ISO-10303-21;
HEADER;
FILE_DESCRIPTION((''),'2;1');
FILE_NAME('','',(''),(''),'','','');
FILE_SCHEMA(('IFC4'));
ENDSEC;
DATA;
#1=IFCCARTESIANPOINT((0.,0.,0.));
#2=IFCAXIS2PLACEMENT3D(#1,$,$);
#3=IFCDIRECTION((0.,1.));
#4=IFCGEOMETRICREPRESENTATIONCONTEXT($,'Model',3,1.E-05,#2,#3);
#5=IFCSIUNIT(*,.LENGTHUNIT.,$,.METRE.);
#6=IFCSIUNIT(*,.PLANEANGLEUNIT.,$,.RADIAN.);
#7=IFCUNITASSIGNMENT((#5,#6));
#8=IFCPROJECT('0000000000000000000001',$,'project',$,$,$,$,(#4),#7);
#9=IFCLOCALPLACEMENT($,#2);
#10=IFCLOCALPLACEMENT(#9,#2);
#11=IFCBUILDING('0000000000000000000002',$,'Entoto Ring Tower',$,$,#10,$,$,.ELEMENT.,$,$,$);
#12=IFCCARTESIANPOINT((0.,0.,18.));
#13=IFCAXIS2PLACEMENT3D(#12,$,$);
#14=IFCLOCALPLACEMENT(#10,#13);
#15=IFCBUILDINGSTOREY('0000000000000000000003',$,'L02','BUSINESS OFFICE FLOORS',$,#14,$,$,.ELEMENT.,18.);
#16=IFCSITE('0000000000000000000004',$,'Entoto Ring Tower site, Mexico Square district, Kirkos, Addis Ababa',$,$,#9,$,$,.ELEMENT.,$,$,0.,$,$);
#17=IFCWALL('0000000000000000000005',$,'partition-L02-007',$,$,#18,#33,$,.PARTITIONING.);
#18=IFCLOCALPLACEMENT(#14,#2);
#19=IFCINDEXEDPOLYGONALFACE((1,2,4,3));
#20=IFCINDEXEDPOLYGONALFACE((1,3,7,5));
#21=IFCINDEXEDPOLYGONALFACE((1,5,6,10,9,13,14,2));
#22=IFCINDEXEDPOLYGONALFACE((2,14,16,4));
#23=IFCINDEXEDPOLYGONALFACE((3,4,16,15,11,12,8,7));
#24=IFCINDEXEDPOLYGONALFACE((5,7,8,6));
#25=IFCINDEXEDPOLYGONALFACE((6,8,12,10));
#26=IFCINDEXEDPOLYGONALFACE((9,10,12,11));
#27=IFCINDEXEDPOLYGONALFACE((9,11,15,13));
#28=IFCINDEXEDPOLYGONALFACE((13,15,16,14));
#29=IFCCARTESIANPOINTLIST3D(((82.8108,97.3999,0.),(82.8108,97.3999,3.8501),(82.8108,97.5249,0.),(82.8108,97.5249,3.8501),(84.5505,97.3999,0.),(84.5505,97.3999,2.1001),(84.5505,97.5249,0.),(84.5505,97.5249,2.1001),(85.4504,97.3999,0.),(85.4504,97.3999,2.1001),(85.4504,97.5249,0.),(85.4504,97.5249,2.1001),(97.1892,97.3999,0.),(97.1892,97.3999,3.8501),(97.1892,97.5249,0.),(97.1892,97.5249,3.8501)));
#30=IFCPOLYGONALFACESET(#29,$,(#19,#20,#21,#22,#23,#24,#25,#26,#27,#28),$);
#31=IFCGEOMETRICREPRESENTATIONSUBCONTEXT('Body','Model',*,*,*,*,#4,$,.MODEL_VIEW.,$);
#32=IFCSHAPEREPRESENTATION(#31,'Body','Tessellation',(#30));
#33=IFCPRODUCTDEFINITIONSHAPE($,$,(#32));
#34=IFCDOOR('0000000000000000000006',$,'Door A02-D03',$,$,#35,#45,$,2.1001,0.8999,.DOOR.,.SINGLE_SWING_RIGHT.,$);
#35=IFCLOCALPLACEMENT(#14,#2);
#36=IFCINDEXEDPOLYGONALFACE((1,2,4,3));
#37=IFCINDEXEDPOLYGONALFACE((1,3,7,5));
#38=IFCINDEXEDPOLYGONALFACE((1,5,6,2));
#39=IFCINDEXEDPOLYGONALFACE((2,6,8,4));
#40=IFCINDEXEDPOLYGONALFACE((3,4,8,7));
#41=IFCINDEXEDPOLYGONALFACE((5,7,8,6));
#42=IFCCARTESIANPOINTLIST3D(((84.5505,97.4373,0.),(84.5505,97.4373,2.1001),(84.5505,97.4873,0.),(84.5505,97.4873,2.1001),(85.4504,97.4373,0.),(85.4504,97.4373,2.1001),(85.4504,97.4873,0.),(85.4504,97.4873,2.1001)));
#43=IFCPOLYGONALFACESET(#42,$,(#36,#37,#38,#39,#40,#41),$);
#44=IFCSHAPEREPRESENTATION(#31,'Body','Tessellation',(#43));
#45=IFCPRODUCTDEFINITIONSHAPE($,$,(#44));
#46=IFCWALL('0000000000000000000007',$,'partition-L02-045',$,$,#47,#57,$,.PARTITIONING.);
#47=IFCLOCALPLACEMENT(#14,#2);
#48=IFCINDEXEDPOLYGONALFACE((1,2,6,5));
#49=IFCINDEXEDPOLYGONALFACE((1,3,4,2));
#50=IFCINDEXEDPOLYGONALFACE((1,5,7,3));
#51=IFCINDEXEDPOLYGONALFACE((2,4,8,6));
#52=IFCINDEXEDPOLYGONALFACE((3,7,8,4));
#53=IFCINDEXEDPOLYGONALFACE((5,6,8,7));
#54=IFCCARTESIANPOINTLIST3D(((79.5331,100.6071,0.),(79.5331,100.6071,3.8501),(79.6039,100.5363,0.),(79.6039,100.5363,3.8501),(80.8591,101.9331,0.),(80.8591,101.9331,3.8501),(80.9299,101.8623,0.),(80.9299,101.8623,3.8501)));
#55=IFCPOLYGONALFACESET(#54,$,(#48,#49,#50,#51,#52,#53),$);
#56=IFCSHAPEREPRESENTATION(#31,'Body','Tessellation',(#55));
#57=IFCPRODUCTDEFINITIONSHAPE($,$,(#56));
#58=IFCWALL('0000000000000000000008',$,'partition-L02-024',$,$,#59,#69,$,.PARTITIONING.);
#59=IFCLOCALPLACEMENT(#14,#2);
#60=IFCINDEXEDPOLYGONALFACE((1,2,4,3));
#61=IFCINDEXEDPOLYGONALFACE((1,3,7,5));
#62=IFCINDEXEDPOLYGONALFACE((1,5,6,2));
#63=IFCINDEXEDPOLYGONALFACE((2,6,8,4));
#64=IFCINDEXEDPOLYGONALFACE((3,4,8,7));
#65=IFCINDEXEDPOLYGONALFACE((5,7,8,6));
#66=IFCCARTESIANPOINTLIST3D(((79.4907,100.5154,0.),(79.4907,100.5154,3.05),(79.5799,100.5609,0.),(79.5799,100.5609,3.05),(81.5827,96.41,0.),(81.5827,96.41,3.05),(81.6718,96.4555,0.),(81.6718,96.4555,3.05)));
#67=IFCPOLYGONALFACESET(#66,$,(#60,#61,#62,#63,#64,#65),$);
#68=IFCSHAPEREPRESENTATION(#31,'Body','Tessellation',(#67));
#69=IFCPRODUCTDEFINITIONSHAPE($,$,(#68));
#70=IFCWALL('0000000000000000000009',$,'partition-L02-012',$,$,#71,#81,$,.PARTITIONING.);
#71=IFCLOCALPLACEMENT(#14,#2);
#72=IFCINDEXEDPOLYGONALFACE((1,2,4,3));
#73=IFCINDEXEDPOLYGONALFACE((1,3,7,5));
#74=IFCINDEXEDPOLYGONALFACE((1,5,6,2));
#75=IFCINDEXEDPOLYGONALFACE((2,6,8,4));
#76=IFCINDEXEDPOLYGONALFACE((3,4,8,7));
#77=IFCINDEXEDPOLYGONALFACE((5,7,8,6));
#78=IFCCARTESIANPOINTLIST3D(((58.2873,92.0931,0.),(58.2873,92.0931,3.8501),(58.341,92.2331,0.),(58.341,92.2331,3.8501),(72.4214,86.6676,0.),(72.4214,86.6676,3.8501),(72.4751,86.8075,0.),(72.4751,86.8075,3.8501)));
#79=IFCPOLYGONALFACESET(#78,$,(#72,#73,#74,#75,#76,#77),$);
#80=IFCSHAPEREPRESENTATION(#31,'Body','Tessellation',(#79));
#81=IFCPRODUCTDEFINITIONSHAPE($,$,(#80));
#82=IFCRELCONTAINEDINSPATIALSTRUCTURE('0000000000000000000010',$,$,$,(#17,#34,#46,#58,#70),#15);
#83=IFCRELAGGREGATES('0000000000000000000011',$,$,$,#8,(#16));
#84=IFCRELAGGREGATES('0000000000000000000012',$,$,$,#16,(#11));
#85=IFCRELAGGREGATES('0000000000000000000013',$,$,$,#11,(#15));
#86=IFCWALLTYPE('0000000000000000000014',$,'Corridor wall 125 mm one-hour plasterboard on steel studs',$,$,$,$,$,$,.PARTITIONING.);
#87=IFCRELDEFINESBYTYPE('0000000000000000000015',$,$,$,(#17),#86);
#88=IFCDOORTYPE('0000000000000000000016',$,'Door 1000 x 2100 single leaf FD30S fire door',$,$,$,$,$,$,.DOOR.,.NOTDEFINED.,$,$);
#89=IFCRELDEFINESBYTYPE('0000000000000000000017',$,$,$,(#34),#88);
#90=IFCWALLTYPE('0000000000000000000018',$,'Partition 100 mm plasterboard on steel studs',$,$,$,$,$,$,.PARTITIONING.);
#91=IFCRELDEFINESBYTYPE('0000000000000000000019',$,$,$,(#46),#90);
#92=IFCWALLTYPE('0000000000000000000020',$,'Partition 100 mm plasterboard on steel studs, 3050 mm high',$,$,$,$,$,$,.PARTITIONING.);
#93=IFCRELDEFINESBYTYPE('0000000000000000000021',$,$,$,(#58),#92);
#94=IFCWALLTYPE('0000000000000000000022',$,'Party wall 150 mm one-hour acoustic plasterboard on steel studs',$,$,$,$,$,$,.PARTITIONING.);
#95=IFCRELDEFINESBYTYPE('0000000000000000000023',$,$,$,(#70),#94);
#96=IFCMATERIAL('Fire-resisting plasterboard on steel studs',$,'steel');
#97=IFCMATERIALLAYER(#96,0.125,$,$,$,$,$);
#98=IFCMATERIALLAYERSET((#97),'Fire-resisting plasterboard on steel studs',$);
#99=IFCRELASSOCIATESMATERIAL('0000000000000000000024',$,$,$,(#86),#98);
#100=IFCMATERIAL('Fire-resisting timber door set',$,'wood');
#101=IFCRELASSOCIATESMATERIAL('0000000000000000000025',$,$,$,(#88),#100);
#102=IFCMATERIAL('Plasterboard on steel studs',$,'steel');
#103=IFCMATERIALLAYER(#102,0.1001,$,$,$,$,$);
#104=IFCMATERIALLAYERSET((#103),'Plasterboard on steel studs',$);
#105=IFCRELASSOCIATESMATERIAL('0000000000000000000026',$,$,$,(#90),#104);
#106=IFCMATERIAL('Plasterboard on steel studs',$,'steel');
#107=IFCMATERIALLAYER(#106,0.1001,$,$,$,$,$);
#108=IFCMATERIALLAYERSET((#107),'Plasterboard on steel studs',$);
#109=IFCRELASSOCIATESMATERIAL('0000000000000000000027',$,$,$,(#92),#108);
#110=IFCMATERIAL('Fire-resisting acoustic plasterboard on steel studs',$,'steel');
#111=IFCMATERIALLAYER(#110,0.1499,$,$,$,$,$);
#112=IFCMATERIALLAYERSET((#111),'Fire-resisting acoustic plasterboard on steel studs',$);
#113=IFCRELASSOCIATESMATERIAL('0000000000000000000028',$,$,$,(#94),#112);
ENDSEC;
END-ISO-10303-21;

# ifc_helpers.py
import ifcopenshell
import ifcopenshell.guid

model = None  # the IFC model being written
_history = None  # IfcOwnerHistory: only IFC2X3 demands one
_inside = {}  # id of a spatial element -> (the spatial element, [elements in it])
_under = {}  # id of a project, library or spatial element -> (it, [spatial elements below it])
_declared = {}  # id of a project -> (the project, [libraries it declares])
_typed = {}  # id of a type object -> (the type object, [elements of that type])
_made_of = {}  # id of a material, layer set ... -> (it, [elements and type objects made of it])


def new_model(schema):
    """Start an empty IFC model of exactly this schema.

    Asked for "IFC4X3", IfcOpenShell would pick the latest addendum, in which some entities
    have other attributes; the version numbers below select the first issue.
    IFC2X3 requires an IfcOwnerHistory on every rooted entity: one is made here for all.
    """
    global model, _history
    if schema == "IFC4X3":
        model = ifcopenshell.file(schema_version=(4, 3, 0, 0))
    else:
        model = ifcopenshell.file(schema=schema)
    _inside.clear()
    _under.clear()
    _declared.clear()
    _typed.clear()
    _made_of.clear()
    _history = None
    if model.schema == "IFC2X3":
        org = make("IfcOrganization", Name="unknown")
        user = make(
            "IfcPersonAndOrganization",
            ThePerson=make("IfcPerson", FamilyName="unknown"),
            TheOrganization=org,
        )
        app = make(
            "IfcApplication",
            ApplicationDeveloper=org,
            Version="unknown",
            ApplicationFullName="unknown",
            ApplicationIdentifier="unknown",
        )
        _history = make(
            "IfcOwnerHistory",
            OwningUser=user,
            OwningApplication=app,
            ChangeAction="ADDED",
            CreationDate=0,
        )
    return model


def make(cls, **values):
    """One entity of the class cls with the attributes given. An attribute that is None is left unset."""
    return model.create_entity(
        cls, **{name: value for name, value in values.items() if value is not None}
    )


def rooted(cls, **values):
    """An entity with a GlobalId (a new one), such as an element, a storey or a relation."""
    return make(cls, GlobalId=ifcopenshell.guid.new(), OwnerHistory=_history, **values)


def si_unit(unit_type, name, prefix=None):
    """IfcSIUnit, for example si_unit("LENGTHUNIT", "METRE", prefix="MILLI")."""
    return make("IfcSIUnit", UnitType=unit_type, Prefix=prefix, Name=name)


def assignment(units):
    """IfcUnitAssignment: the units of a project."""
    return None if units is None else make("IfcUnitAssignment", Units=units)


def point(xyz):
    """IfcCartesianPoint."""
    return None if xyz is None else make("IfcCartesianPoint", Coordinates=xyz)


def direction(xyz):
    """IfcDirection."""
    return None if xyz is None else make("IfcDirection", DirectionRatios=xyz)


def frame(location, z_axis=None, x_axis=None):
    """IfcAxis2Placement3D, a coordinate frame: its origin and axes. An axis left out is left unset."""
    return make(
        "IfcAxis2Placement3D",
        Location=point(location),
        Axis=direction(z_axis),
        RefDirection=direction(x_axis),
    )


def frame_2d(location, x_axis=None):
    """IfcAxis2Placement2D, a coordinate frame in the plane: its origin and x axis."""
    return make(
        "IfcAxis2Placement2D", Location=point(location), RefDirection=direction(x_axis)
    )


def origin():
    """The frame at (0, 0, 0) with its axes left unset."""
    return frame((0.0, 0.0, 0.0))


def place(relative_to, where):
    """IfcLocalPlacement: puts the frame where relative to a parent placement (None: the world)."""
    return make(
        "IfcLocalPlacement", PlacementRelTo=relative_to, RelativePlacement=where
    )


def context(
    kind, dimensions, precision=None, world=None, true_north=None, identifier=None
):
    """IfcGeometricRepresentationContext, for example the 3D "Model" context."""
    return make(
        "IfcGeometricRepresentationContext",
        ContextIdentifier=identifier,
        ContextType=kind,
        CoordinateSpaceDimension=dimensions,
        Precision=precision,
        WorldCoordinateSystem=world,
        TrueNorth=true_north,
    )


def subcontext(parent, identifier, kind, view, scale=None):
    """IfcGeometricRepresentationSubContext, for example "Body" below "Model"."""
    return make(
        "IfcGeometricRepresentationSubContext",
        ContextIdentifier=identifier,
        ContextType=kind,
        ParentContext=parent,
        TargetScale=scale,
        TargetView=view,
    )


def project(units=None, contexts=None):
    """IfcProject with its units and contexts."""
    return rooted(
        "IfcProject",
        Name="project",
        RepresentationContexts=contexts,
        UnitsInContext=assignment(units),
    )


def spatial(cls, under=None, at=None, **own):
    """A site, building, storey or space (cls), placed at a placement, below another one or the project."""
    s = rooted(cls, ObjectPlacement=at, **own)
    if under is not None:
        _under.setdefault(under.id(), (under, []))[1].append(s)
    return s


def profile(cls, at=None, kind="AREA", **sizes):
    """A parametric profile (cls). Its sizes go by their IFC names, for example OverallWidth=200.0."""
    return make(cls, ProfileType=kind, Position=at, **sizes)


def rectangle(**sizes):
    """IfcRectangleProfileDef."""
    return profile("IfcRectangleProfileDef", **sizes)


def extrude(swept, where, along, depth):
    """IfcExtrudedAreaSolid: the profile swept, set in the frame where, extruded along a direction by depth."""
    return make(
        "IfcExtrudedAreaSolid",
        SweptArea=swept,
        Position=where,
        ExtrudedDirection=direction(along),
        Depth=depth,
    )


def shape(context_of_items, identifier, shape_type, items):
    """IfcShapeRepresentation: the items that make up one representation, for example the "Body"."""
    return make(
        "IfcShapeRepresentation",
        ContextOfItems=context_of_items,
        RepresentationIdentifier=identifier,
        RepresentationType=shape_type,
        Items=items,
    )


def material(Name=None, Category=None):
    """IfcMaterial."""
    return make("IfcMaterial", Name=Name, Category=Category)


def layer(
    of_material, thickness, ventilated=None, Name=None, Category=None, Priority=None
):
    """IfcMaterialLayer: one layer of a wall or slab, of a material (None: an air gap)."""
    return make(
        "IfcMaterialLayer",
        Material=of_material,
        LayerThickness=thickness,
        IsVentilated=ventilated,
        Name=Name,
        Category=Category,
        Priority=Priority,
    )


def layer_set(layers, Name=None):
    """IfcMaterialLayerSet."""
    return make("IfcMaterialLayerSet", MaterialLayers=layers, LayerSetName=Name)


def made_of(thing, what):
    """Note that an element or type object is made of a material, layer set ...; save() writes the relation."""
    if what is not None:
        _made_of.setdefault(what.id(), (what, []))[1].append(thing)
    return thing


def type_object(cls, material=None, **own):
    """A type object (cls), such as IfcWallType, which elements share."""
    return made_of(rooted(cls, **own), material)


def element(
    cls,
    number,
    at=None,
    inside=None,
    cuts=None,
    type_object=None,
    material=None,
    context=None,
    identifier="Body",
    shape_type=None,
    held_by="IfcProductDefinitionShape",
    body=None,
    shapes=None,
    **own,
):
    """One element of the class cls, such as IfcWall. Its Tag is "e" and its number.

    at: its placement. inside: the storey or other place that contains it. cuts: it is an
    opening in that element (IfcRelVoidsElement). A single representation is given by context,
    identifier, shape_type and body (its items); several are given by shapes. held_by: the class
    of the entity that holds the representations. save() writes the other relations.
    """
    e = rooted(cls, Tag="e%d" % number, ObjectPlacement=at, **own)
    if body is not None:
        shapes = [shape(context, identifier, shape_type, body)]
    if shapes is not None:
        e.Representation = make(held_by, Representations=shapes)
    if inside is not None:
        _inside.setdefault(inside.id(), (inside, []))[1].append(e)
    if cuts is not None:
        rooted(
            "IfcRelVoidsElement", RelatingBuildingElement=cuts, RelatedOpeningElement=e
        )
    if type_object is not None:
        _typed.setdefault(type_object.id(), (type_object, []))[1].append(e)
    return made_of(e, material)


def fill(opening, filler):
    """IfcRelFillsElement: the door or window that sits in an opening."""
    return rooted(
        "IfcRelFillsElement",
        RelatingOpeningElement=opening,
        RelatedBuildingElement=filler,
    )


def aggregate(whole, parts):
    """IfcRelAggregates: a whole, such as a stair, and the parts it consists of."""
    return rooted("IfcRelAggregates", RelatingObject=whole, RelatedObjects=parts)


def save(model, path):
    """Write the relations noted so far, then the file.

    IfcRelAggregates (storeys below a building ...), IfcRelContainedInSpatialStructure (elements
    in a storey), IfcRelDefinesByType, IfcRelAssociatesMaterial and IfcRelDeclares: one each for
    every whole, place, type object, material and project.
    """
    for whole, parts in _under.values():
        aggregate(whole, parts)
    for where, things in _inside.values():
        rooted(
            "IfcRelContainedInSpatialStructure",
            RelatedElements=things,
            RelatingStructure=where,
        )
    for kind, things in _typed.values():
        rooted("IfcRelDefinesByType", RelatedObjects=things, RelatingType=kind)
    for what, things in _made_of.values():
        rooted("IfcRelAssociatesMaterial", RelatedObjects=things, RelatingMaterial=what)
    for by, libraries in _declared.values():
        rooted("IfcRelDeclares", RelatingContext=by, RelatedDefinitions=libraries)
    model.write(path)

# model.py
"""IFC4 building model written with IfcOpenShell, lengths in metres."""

from ifc_helpers import new_model, si_unit, direction, frame, frame_2d, origin, place, context, subcontext, project, spatial, rectangle, extrude, material, layer, layer_set, type_object, element, fill, save


model = new_model("IFC4")

# Units and contexts
model_context = context("Model", 3, precision=1e-05, world=origin(), true_north=direction((0.0, 1.0)))
body_context = subcontext(model_context, "Body", "Model", "MODEL_VIEW")
ifc_project = project(units=[si_unit("LENGTHUNIT", "METRE"), si_unit("PLANEANGLEUNIT", "RADIAN")], contexts=[model_context])

# Site, building, storey
site_placement = place(None, origin())
site = spatial("IfcSite", under=ifc_project, at=site_placement, Name="Entoto Ring Tower site, Mexico Square district, Kirkos, Addis Ababa", CompositionType="ELEMENT", RefElevation=0.0)
building_placement = place(site_placement, origin())
building = spatial("IfcBuilding", under=site, at=building_placement, Name="Entoto Ring Tower", CompositionType="ELEMENT")
storey_placement = place(building_placement, frame((0.0, 0.0, 18.0)))
storey = spatial("IfcBuildingStorey", under=building, at=storey_placement, Name="L02", Description="BUSINESS OFFICE FLOORS", CompositionType="ELEMENT", Elevation=18.0)

# Wall, opening, door
ifc_material_1 = material(Name="Fire-resisting plasterboard on steel studs", Category="steel")
ifc_layer_1 = layer(ifc_material_1, 0.125)
ifc_layer_set_1 = layer_set([ifc_layer_1], Name="Fire-resisting plasterboard on steel studs")
wall_type_1 = type_object("IfcWallType", Name="Corridor wall 125 mm one-hour plasterboard on steel studs", PredefinedType="PARTITIONING", material=ifc_layer_set_1)
wall_1_placement = place(storey_placement, frame((82.8108, 97.4624, 0.0), z_axis=(0.0, 0.0, 1.0), x_axis=(1.0, 0.0, 0.0)))
wall_1 = element("IfcWall", 1, at=wall_1_placement, inside=storey, type_object=wall_type_1, Name="partition-L02-007", PredefinedType="PARTITIONING", context=body_context, shape_type="SweptSolid", body=[
    extrude(rectangle(XDim=14.3784, YDim=0.125, at=frame_2d((7.1892, 0.0))), origin(), (0.0, 0.0, 1.0), 3.8501),
])
opening_1_placement = place(wall_1_placement, frame((1.7397, 0.0, 0.0)))
opening_1 = element("IfcOpeningElement", 2, at=opening_1_placement, cuts=wall_1, PredefinedType="OPENING", context=body_context, shape_type="SweptSolid", body=[
    extrude(rectangle(XDim=0.8999, YDim=2.1001, at=frame_2d((0.45, 1.05))), frame((0.0, 0.0725, 0.0), z_axis=(0.0, -1.0, 0.0), x_axis=(1.0, 0.0, 0.0)), (0.0, 0.0, 1.0), 0.145),
])
ifc_material_2 = material(Name="Fire-resisting timber door set", Category="wood")
door_type_1 = type_object("IfcDoorType", Name="Door 1000 x 2100 single leaf FD30S fire door", OperationType="NOTDEFINED", PredefinedType="DOOR", material=ifc_material_2)
door_1_placement = place(opening_1_placement, origin())
door_1 = element("IfcDoor", 3, at=door_1_placement, inside=storey, type_object=door_type_1, Name="Door A02-D03", OperationType="SINGLE_SWING_RIGHT", OverallHeight=2.1001, OverallWidth=0.8999, PredefinedType="DOOR", context=body_context, shape_type="SweptSolid", body=[
    extrude(rectangle(XDim=0.8999, YDim=2.1001, at=frame_2d((0.45, 1.05))), frame((0.0, 0.0249, 0.0), z_axis=(0.0, -1.0, 0.0), x_axis=(1.0, 0.0, 0.0)), (0.0, 0.0, 1.0), 0.05),
])
fill(opening_1, door_1)

# Walls
ifc_material_3 = material(Name="Plasterboard on steel studs", Category="steel")
ifc_layer_2 = layer(ifc_material_3, 0.1001)
ifc_layer_set_2 = layer_set([ifc_layer_2], Name="Plasterboard on steel studs")
wall_type_2 = type_object("IfcWallType", Name="Partition 100 mm plasterboard on steel studs", PredefinedType="PARTITIONING", material=ifc_layer_set_2)
wall_2_placement = place(storey_placement, frame((79.5686, 100.5718, 0.0), z_axis=(0.0, 0.0, 1.0), x_axis=(0.707107, 0.707107, 0.0)))
element("IfcWall", 4, at=wall_2_placement, inside=storey, type_object=wall_type_2, Name="partition-L02-045", PredefinedType="PARTITIONING", context=body_context, shape_type="SweptSolid", body=[
    extrude(rectangle(XDim=1.8752, YDim=0.1001, at=frame_2d((0.9375, 0.0))), origin(), (0.0, 0.0, 1.0), 3.8501),
])
ifc_material_4 = material(Name="Plasterboard on steel studs", Category="steel")
ifc_layer_3 = layer(ifc_material_4, 0.1001)
ifc_layer_set_3 = layer_set([ifc_layer_3], Name="Plasterboard on steel studs")
wall_type_3 = type_object("IfcWallType", Name="Partition 100 mm plasterboard on steel studs, 3050 mm high", PredefinedType="PARTITIONING", material=ifc_layer_set_3)
wall_3_placement = place(storey_placement, frame((81.6272, 96.4329, 0.0), z_axis=(0.0, 0.0, 1.0), x_axis=(-0.454025, 0.890989, 0.0)))
element("IfcWall", 5, at=wall_3_placement, inside=storey, type_object=wall_type_3, Name="partition-L02-024", PredefinedType="PARTITIONING", context=body_context, shape_type="SweptSolid", body=[
    extrude(rectangle(XDim=4.6077, YDim=0.1001, at=frame_2d((2.3037, 0.0))), origin(), (0.0, 0.0, 1.0), 3.05),
])
ifc_material_5 = material(Name="Fire-resisting acoustic plasterboard on steel studs", Category="steel")
ifc_layer_4 = layer(ifc_material_5, 0.1499)
ifc_layer_set_4 = layer_set([ifc_layer_4], Name="Fire-resisting acoustic plasterboard on steel studs")
wall_type_4 = type_object("IfcWallType", Name="Party wall 150 mm one-hour acoustic plasterboard on steel studs", PredefinedType="PARTITIONING", material=ifc_layer_set_4)
wall_4_placement = place(storey_placement, frame((72.4482, 86.7375, 0.0), z_axis=(0.0, 0.0, 1.0), x_axis=(-0.933581, 0.358367, 0.0)))
element("IfcWall", 6, at=wall_4_placement, inside=storey, type_object=wall_type_4, Name="partition-L02-012", PredefinedType="PARTITIONING", context=body_context, shape_type="SweptSolid", body=[
    extrude(rectangle(XDim=15.1396, YDim=0.1499, at=frame_2d((7.5698, 0.0))), origin(), (0.0, 0.0, 1.0), 3.8501),
])

save(model, "model.ifc")
